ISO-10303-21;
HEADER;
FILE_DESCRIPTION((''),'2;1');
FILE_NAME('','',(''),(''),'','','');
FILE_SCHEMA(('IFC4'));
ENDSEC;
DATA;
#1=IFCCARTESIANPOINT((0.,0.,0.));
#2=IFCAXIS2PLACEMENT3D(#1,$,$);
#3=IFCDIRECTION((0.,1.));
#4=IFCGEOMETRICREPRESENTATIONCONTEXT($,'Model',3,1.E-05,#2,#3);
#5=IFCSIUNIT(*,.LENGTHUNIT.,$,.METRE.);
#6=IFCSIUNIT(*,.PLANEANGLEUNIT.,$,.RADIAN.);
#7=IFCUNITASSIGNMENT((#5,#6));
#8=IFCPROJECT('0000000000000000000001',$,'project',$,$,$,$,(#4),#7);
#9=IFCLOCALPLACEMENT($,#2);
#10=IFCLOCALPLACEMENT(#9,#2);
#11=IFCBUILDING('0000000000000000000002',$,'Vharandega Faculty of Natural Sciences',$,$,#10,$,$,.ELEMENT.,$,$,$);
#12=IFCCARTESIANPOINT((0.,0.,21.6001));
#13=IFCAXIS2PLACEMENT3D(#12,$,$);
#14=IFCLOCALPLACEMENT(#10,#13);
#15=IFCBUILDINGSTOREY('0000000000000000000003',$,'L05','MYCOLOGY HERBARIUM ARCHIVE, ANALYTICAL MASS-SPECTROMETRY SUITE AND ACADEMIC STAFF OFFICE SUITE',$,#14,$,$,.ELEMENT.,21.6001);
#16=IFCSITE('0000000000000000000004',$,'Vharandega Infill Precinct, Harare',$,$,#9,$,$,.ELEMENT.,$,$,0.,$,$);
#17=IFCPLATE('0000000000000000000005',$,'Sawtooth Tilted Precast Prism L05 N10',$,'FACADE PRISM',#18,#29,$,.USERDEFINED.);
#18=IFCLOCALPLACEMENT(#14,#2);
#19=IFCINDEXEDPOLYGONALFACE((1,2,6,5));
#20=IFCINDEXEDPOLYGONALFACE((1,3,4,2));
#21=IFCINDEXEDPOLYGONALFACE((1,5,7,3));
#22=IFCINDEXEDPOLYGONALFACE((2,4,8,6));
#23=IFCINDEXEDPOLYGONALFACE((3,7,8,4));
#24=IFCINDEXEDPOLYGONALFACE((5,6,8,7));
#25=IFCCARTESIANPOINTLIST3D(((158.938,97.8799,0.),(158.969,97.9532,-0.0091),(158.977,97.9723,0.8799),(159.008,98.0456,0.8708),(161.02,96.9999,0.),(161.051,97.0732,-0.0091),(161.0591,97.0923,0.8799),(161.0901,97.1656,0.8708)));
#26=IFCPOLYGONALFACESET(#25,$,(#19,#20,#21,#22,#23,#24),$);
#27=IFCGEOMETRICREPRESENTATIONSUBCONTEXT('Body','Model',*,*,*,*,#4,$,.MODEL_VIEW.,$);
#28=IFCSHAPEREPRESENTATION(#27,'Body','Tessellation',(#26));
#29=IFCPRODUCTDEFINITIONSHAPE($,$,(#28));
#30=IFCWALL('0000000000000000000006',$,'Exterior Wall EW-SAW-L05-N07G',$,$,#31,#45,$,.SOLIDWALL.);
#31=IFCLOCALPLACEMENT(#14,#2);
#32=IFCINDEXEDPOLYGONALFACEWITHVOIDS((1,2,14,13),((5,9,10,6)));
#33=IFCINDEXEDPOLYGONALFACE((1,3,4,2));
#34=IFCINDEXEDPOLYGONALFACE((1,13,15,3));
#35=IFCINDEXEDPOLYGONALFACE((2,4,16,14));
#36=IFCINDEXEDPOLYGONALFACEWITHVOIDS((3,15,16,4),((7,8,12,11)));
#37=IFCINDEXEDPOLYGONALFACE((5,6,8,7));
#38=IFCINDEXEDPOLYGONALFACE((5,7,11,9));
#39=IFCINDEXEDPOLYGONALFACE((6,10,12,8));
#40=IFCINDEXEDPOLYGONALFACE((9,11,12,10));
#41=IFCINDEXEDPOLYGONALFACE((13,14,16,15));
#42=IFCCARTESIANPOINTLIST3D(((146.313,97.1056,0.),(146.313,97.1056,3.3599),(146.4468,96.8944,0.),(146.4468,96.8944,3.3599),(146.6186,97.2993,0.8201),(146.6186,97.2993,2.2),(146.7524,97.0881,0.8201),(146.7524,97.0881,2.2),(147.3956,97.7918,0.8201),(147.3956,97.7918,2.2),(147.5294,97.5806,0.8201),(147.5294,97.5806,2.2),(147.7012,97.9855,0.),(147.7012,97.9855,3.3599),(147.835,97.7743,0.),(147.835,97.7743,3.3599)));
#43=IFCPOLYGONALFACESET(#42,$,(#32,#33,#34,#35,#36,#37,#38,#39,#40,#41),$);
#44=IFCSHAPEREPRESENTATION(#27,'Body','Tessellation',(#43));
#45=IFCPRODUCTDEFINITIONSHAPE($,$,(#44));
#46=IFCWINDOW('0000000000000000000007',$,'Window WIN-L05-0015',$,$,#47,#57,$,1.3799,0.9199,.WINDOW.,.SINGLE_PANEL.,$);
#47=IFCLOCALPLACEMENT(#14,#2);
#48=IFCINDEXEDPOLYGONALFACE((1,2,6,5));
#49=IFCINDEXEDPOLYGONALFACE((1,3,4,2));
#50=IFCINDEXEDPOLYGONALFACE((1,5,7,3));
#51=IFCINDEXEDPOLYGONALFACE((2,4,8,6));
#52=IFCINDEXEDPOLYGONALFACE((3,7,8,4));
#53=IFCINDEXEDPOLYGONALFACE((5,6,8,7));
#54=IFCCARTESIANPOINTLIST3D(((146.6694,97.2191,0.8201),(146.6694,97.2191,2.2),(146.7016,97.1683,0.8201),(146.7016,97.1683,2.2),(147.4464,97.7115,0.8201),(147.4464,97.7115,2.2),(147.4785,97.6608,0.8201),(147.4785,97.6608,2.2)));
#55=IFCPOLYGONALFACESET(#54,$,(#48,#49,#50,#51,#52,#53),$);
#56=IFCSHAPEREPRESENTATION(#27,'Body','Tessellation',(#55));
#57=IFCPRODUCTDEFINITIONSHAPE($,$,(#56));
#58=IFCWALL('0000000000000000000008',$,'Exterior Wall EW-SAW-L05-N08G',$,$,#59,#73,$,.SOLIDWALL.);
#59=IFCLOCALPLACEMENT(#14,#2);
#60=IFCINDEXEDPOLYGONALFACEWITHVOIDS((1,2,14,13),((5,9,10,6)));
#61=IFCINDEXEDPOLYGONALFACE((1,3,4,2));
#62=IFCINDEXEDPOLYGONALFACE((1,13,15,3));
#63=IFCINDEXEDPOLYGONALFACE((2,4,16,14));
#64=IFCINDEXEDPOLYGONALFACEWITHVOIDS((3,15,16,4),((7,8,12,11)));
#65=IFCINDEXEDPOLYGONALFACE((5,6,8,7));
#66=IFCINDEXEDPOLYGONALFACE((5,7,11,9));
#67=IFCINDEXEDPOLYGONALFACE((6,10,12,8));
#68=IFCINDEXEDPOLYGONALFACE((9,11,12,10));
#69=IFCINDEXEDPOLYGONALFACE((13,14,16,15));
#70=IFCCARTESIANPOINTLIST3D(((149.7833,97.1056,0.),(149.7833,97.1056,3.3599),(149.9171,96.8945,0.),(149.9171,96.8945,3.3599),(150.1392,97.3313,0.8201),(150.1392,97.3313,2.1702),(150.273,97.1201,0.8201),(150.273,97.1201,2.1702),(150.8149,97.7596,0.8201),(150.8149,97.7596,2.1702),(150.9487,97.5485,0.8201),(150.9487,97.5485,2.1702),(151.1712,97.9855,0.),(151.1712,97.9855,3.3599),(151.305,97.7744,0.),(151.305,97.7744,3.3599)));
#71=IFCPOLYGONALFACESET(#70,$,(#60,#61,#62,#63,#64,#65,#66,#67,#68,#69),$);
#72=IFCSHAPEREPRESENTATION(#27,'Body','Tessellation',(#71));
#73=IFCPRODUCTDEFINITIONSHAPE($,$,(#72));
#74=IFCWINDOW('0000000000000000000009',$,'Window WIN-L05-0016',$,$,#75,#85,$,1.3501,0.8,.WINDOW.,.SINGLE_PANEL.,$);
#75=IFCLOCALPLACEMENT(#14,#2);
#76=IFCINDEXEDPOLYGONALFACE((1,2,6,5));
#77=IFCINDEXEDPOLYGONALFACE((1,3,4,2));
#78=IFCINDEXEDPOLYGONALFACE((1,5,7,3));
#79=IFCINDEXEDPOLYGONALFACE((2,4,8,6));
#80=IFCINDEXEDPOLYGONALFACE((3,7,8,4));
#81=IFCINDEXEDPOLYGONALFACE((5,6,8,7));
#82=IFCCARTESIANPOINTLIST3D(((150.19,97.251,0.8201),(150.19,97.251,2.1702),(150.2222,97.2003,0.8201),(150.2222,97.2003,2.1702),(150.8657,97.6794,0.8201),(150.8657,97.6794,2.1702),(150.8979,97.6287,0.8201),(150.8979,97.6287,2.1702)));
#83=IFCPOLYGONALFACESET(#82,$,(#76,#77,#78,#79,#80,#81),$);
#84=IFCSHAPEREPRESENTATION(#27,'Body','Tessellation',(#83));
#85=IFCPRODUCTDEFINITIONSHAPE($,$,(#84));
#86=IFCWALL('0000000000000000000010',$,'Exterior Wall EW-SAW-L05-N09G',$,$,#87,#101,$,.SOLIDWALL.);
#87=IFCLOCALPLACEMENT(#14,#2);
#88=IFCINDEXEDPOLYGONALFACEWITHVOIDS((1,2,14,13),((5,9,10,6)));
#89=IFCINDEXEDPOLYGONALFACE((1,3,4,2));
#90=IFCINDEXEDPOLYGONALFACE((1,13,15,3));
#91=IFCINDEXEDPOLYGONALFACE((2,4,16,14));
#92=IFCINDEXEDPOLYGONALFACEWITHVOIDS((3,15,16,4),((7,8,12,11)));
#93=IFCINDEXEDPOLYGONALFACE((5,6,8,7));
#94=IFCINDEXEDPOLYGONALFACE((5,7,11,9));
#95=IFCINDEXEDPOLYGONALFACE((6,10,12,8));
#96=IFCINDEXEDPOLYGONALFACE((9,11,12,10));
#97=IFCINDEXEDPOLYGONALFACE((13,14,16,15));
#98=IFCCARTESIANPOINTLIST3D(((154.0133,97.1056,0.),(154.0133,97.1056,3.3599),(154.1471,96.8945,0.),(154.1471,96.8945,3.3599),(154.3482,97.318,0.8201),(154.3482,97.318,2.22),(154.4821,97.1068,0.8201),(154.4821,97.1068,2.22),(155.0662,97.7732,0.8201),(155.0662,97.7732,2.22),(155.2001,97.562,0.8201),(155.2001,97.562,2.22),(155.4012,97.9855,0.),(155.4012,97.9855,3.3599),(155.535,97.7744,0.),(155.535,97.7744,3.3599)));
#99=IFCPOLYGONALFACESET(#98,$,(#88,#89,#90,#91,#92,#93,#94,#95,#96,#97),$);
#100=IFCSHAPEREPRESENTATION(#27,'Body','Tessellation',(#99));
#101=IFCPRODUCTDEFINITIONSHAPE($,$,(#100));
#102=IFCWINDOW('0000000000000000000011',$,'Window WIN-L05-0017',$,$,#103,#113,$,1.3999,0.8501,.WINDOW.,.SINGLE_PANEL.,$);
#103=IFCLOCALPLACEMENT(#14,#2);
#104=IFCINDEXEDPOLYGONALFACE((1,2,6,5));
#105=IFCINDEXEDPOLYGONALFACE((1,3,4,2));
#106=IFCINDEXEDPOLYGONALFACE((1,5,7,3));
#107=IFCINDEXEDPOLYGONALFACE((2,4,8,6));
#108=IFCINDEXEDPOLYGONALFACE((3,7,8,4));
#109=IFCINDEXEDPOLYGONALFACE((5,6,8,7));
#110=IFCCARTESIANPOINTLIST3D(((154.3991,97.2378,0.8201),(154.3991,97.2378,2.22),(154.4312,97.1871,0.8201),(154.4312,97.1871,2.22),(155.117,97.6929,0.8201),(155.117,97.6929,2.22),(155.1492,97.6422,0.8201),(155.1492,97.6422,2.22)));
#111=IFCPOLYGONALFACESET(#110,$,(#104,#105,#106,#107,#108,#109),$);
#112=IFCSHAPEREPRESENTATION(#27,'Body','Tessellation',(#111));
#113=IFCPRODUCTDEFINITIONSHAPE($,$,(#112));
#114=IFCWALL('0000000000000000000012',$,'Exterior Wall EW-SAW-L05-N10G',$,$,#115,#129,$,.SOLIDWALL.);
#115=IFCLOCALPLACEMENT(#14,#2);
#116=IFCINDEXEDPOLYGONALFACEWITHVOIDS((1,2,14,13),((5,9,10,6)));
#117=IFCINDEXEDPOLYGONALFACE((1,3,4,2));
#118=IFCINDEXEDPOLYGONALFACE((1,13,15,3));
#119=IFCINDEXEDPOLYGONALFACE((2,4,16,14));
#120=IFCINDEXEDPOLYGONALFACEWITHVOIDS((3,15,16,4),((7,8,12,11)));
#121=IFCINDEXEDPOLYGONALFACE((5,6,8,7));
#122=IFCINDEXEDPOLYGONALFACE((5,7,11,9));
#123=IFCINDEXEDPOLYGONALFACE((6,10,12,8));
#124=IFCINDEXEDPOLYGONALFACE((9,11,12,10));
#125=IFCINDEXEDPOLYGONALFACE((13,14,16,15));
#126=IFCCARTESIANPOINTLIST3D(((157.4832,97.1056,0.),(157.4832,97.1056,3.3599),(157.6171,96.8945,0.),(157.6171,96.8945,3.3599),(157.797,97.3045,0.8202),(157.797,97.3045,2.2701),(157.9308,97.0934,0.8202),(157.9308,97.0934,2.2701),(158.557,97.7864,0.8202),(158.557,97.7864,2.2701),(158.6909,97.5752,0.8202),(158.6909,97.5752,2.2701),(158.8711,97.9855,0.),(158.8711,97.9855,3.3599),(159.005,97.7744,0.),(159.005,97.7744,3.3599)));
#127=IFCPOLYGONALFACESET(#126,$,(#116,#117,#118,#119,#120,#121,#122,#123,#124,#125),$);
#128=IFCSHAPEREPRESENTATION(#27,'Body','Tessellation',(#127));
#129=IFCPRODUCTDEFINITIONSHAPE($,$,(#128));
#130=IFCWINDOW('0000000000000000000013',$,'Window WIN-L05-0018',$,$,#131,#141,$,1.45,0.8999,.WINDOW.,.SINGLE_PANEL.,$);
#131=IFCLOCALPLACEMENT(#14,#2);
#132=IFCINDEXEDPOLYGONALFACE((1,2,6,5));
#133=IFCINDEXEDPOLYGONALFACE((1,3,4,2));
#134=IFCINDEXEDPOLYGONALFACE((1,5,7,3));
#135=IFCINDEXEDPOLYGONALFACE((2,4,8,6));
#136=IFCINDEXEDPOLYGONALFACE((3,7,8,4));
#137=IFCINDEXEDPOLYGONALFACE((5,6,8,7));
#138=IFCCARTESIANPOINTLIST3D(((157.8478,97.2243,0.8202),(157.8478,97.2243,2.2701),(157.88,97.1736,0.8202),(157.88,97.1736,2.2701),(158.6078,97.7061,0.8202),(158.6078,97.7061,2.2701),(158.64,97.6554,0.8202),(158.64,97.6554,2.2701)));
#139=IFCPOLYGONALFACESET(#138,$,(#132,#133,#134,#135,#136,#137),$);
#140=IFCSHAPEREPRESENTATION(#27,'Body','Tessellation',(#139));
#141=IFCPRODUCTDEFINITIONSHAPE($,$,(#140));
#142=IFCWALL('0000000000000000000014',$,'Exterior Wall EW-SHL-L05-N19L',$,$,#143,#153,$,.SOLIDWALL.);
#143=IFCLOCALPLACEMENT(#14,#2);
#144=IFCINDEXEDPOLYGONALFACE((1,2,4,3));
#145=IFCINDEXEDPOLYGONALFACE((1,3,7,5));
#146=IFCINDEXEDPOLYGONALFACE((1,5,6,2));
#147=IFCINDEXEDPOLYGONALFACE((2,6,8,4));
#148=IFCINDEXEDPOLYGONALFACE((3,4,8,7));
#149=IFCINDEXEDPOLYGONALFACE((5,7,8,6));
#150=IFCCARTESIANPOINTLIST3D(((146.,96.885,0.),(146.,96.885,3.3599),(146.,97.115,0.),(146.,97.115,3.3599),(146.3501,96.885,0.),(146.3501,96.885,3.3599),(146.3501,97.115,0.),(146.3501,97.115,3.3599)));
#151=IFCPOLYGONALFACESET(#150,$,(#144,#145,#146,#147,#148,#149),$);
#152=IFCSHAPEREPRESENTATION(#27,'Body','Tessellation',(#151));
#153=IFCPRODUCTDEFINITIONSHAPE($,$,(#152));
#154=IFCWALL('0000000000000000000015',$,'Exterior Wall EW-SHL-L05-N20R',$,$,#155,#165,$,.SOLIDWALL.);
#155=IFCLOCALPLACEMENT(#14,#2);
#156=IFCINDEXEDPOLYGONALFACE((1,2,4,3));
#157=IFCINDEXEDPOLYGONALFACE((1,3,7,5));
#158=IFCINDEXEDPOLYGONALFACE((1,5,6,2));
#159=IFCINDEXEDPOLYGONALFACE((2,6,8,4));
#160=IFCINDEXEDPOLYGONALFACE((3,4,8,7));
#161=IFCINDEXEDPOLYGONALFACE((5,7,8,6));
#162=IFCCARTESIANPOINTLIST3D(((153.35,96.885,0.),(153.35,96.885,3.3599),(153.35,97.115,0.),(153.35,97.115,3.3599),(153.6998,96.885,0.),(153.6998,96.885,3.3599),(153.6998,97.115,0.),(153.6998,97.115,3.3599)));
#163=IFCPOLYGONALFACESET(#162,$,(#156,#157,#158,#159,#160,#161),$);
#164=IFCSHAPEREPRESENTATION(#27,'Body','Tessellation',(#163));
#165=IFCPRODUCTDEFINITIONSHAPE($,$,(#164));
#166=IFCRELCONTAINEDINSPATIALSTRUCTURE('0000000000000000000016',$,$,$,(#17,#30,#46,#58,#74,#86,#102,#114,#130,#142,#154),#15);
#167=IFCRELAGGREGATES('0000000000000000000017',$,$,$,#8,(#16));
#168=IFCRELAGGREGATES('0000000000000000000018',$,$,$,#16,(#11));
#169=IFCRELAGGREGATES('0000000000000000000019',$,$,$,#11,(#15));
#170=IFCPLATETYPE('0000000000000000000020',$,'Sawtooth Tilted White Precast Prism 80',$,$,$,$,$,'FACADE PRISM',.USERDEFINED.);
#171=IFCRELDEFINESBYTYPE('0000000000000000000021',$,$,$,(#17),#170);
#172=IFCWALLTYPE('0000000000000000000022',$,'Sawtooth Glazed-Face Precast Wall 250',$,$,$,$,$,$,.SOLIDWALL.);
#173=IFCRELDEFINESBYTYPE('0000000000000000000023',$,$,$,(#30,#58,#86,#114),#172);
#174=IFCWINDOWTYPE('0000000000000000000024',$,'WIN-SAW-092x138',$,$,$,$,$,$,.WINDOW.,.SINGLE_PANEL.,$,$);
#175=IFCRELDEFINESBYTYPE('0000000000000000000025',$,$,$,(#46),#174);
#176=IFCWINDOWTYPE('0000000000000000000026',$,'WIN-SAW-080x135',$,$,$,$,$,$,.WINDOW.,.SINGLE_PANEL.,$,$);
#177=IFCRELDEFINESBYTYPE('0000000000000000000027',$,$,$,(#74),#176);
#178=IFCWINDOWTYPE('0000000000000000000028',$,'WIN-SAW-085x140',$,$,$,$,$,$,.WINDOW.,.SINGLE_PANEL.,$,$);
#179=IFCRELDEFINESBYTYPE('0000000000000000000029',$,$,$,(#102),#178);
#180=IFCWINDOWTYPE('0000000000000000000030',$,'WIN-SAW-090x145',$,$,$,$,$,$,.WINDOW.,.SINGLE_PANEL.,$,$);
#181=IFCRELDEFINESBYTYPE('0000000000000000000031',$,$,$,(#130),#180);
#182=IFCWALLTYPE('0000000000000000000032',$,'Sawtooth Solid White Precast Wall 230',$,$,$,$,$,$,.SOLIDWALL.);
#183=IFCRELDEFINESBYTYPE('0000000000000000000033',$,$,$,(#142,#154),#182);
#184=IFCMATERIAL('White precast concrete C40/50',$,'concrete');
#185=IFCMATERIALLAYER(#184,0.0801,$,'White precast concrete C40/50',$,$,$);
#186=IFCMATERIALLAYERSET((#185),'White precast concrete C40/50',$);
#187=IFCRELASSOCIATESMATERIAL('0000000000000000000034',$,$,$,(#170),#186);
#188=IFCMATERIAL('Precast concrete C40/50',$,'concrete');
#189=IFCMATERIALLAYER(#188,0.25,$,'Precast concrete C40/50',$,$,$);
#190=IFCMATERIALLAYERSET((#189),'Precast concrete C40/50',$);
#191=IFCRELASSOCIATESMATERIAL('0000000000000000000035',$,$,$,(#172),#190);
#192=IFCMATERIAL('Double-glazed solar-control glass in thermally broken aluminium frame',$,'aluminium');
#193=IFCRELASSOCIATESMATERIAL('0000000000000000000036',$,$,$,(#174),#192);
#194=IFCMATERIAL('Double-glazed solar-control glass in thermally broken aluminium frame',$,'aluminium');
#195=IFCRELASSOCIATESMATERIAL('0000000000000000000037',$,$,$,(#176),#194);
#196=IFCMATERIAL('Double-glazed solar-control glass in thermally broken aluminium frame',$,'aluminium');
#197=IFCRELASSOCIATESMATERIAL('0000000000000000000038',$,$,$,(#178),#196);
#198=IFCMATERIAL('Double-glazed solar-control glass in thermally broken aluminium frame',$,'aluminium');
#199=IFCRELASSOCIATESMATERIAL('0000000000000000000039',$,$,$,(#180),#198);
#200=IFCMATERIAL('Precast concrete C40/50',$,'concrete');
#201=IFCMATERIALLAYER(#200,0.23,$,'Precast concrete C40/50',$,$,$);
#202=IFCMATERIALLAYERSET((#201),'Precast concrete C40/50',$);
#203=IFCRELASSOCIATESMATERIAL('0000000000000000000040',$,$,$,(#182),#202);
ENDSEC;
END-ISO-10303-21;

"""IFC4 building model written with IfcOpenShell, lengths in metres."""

from ifc_helpers import new_model, si_unit, direction, frame, frame_2d, origin, place, context, subcontext, project, spatial, polyline, rectangle, outline, extrude, material, layer, layer_set, type_object, element, fill, save


model = new_model("IFC4")

# Units and contexts
model_context = context("Model", 3, precision=1e-05, world=origin(), true_north=direction((0.0, 1.0)))
body_context = subcontext(model_context, "Body", "Model", "MODEL_VIEW")
ifc_project = project(units=[si_unit("LENGTHUNIT", "METRE"), si_unit("PLANEANGLEUNIT", "RADIAN")], contexts=[model_context])

# Site, building, storey
site_placement = place(None, origin())
site = spatial("IfcSite", under=ifc_project, at=site_placement, Name="Vharandega Infill Precinct, Harare", CompositionType="ELEMENT", RefElevation=0.0)
building_placement = place(site_placement, origin())
building = spatial("IfcBuilding", under=site, at=building_placement, Name="Vharandega Faculty of Natural Sciences", CompositionType="ELEMENT")
storey_placement = place(building_placement, frame((0.0, 0.0, 21.6001)))
storey = spatial("IfcBuildingStorey", under=building, at=storey_placement, Name="L05", Description="MYCOLOGY HERBARIUM ARCHIVE, ANALYTICAL MASS-SPECTROMETRY SUITE AND ACADEMIC STAFF OFFICE SUITE", CompositionType="ELEMENT", Elevation=21.6001)

# Plate
ifc_material_1 = material(Name="White precast concrete C40/50", Category="concrete")
ifc_layer_1 = layer(ifc_material_1, 0.0801, Name="White precast concrete C40/50")
ifc_layer_set_1 = layer_set([ifc_layer_1], Name="White precast concrete C40/50")
plate_type_1 = type_object("IfcPlateType", Name="Sawtooth Tilted White Precast Prism 80", ElementType="FACADE PRISM", PredefinedType="USERDEFINED", material=ifc_layer_set_1)
for number, where, z_axis, x_axis, name in (
    (1, (158.938, 97.8799, 0.0), (-0.386813, -0.915173, 0.113286), (0.04406, 0.104367, 0.993562), "Sawtooth Tilted Precast Prism L05 N10"),
):
    element("IfcPlate", number, at=place(storey_placement, frame(where, z_axis=z_axis, x_axis=x_axis)), inside=storey, type_object=plate_type_1, Name=name, ObjectType="FACADE PRISM", PredefinedType="USERDEFINED", context=body_context, shape_type="SweptSolid", body=[
        extrude(outline(polyline([(0.0, 0.0), (0.8856, 0.0), (0.8855, -2.2604), (-0.0001, -2.2603), (0.0, 0.0)])), origin(), (0.0, 0.0, -1.0), 0.0801),
    ])

# Walls, openings, windows
ifc_material_2 = material(Name="Precast concrete C40/50", Category="concrete")
ifc_layer_2 = layer(ifc_material_2, 0.25, Name="Precast concrete C40/50")
ifc_layer_set_2 = layer_set([ifc_layer_2], Name="Precast concrete C40/50")
wall_type_1 = type_object("IfcWallType", Name="Sawtooth Glazed-Face Precast Wall 250", PredefinedType="SOLIDWALL", material=ifc_layer_set_2)
wall_1_placement = place(storey_placement, frame((146.3799, 97.0, 0.0), z_axis=(0.0, 0.0, 1.0), x_axis=(0.844627, 0.535356, 0.0)))
wall_1 = element("IfcWall", 2, at=wall_1_placement, inside=storey, type_object=wall_type_1, Name="Exterior Wall EW-SAW-L05-N07G", PredefinedType="SOLIDWALL", context=body_context, shape_type="SweptSolid", body=[
    extrude(rectangle(XDim=1.6436, YDim=0.25, at=frame_2d((0.8218, 0.0))), origin(), (0.0, 0.0, 1.0), 3.3599),
])
opening_1_placement = place(wall_1_placement, frame((0.3618, 0.0, 0.8201)))
opening_1 = element("IfcOpeningElement", 3, at=opening_1_placement, cuts=wall_1, PredefinedType="OPENING", context=body_context, shape_type="SweptSolid", body=[
    extrude(rectangle(XDim=0.9199, YDim=1.3799, at=frame_2d((0.46, 0.6899))), frame((0.0, 0.135, 0.0), z_axis=(0.0, -1.0, 0.0), x_axis=(1.0, 0.0, 0.0)), (0.0, 0.0, 1.0), 0.27),
])
ifc_material_3 = material(Name="Double-glazed solar-control glass in thermally broken aluminium frame", Category="aluminium")
window_type_1 = type_object("IfcWindowType", Name="WIN-SAW-092x138", PartitioningType="SINGLE_PANEL", PredefinedType="WINDOW", material=ifc_material_3)
window_1_placement = place(opening_1_placement, origin())
window_1 = element("IfcWindow", 4, at=window_1_placement, inside=storey, type_object=window_type_1, Name="Window WIN-L05-0015", OverallHeight=1.3799, OverallWidth=0.9199, PartitioningType="SINGLE_PANEL", PredefinedType="WINDOW", context=body_context, shape_type="SweptSolid", body=[
    extrude(rectangle(XDim=0.9199, YDim=1.3799, at=frame_2d((0.46, 0.6899))), frame((0.0, 0.03, 0.0), z_axis=(0.0, -1.0, 0.0), x_axis=(1.0, 0.0, 0.0)), (0.0, 0.0, 1.0), 0.0601),
])
fill(opening_1, window_1)
wall_2_placement = place(storey_placement, frame((149.8501, 97.0, 0.0), z_axis=(0.0, 0.0, 1.0), x_axis=(0.844584, 0.535423, 0.0)))
wall_2 = element("IfcWall", 5, at=wall_2_placement, inside=storey, type_object=wall_type_1, Name="Exterior Wall EW-SAW-L05-N08G", PredefinedType="SOLIDWALL", context=body_context, shape_type="SweptSolid", body=[
    extrude(rectangle(XDim=1.6433, YDim=0.25, at=frame_2d((0.8218, 0.0))), origin(), (0.0, 0.0, 1.0), 3.3599),
])
opening_2_placement = place(wall_2_placement, frame((0.4216, 0.0, 0.8201)))
opening_2 = element("IfcOpeningElement", 6, at=opening_2_placement, cuts=wall_2, PredefinedType="OPENING", context=body_context, shape_type="SweptSolid", body=[
    extrude(rectangle(XDim=0.8, YDim=1.3501, at=frame_2d((0.3999, 0.675))), frame((0.0, 0.135, 0.0), z_axis=(0.0, -1.0, 0.0), x_axis=(1.0, 0.0, 0.0)), (0.0, 0.0, 1.0), 0.27),
])
ifc_material_4 = material(Name="Double-glazed solar-control glass in thermally broken aluminium frame", Category="aluminium")
window_type_2 = type_object("IfcWindowType", Name="WIN-SAW-080x135", PartitioningType="SINGLE_PANEL", PredefinedType="WINDOW", material=ifc_material_4)
window_2_placement = place(opening_2_placement, origin())
window_2 = element("IfcWindow", 7, at=window_2_placement, inside=storey, type_object=window_type_2, Name="Window WIN-L05-0016", OverallHeight=1.3501, OverallWidth=0.8, PartitioningType="SINGLE_PANEL", PredefinedType="WINDOW", context=body_context, shape_type="SweptSolid", body=[
    extrude(rectangle(XDim=0.8, YDim=1.3501, at=frame_2d((0.3999, 0.675))), frame((0.0, 0.03, 0.0), z_axis=(0.0, -1.0, 0.0), x_axis=(1.0, 0.0, 0.0)), (0.0, 0.0, 1.0), 0.0601),
])
fill(opening_2, window_2)
wall_3_placement = place(storey_placement, frame((154.0801, 97.0, 0.0), z_axis=(0.0, 0.0, 1.0), x_axis=(0.844584, 0.535423, 0.0)))
wall_3 = element("IfcWall", 8, at=wall_3_placement, inside=storey, type_object=wall_type_1, Name="Exterior Wall EW-SAW-L05-N09G", PredefinedType="SOLIDWALL", context=body_context, shape_type="SweptSolid", body=[
    extrude(rectangle(XDim=1.6433, YDim=0.25, at=frame_2d((0.8218, 0.0))), origin(), (0.0, 0.0, 1.0), 3.3599),
])
opening_3_placement = place(wall_3_placement, frame((0.3967, 0.0, 0.8201)))
opening_3 = element("IfcOpeningElement", 9, at=opening_3_placement, cuts=wall_3, PredefinedType="OPENING", context=body_context, shape_type="SweptSolid", body=[
    extrude(rectangle(XDim=0.8501, YDim=1.3999, at=frame_2d((0.425, 0.7))), frame((0.0, 0.135, 0.0), z_axis=(0.0, -1.0, 0.0), x_axis=(1.0, 0.0, 0.0)), (0.0, 0.0, 1.0), 0.27),
])
ifc_material_5 = material(Name="Double-glazed solar-control glass in thermally broken aluminium frame", Category="aluminium")
window_type_3 = type_object("IfcWindowType", Name="WIN-SAW-085x140", PartitioningType="SINGLE_PANEL", PredefinedType="WINDOW", material=ifc_material_5)
window_3_placement = place(opening_3_placement, origin())
window_3 = element("IfcWindow", 10, at=window_3_placement, inside=storey, type_object=window_type_3, Name="Window WIN-L05-0017", OverallHeight=1.3999, OverallWidth=0.8501, PartitioningType="SINGLE_PANEL", PredefinedType="WINDOW", context=body_context, shape_type="SweptSolid", body=[
    extrude(rectangle(XDim=0.8501, YDim=1.3999, at=frame_2d((0.425, 0.7))), frame((0.0, 0.03, 0.0), z_axis=(0.0, -1.0, 0.0), x_axis=(1.0, 0.0, 0.0)), (0.0, 0.0, 1.0), 0.0601),
])
fill(opening_3, window_3)
wall_4_placement = place(storey_placement, frame((157.55, 97.0, 0.0), z_axis=(0.0, 0.0, 1.0), x_axis=(0.844584, 0.535423, 0.0)))
wall_4 = element("IfcWall", 11, at=wall_4_placement, inside=storey, type_object=wall_type_1, Name="Exterior Wall EW-SAW-L05-N10G", PredefinedType="SOLIDWALL", context=body_context, shape_type="SweptSolid", body=[
    extrude(rectangle(XDim=1.6433, YDim=0.25, at=frame_2d((0.8218, 0.0))), origin(), (0.0, 0.0, 1.0), 3.3599),
])
opening_4_placement = place(wall_4_placement, frame((0.3716, 0.0, 0.8201)))
opening_4 = element("IfcOpeningElement", 12, at=opening_4_placement, cuts=wall_4, PredefinedType="OPENING", context=body_context, shape_type="SweptSolid", body=[
    extrude(rectangle(XDim=0.8999, YDim=1.45, at=frame_2d((0.45, 0.7251))), frame((0.0, 0.135, 0.0), z_axis=(0.0, -1.0, 0.0), x_axis=(1.0, 0.0, 0.0)), (0.0, 0.0, 1.0), 0.27),
])
ifc_material_6 = material(Name="Double-glazed solar-control glass in thermally broken aluminium frame", Category="aluminium")
window_type_4 = type_object("IfcWindowType", Name="WIN-SAW-090x145", PartitioningType="SINGLE_PANEL", PredefinedType="WINDOW", material=ifc_material_6)
window_4_placement = place(opening_4_placement, origin())
window_4 = element("IfcWindow", 13, at=window_4_placement, inside=storey, type_object=window_type_4, Name="Window WIN-L05-0018", OverallHeight=1.45, OverallWidth=0.8999, PartitioningType="SINGLE_PANEL", PredefinedType="WINDOW", context=body_context, shape_type="SweptSolid", body=[
    extrude(rectangle(XDim=0.8999, YDim=1.45, at=frame_2d((0.45, 0.7251))), frame((0.0, 0.03, 0.0), z_axis=(0.0, -1.0, 0.0), x_axis=(1.0, 0.0, 0.0)), (0.0, 0.0, 1.0), 0.0601),
])
fill(opening_4, window_4)

# Walls
ifc_material_7 = material(Name="Precast concrete C40/50", Category="concrete")
ifc_layer_3 = layer(ifc_material_7, 0.23, Name="Precast concrete C40/50")
ifc_layer_set_3 = layer_set([ifc_layer_3], Name="Precast concrete C40/50")
wall_type_2 = type_object("IfcWallType", Name="Sawtooth Solid White Precast Wall 230", PredefinedType="SOLIDWALL", material=ifc_layer_set_3)
wall_5_placement = place(storey_placement, frame((146.0, 97.0, 0.0), z_axis=(0.0, 0.0, 1.0), x_axis=(1.0, 0.0, 0.0)))
element("IfcWall", 14, at=wall_5_placement, inside=storey, type_object=wall_type_2, Name="Exterior Wall EW-SHL-L05-N19L", PredefinedType="SOLIDWALL", context=body_context, shape_type="SweptSolid", body=[
    extrude(rectangle(XDim=0.3501, YDim=0.23, at=frame_2d((0.175, 0.0))), origin(), (0.0, 0.0, 1.0), 3.3599),
])
wall_6_placement = place(storey_placement, frame((153.3501, 97.0, 0.0), z_axis=(0.0, 0.0, 1.0), x_axis=(1.0, 0.0, 0.0)))
element("IfcWall", 15, at=wall_6_placement, inside=storey, type_object=wall_type_2, Name="Exterior Wall EW-SHL-L05-N20R", PredefinedType="SOLIDWALL", context=body_context, shape_type="SweptSolid", body=[
    extrude(rectangle(XDim=0.3499, YDim=0.23, at=frame_2d((0.1748, 0.0))), origin(), (0.0, 0.0, 1.0), 3.3599),
])

save(model, "model.ifc")
